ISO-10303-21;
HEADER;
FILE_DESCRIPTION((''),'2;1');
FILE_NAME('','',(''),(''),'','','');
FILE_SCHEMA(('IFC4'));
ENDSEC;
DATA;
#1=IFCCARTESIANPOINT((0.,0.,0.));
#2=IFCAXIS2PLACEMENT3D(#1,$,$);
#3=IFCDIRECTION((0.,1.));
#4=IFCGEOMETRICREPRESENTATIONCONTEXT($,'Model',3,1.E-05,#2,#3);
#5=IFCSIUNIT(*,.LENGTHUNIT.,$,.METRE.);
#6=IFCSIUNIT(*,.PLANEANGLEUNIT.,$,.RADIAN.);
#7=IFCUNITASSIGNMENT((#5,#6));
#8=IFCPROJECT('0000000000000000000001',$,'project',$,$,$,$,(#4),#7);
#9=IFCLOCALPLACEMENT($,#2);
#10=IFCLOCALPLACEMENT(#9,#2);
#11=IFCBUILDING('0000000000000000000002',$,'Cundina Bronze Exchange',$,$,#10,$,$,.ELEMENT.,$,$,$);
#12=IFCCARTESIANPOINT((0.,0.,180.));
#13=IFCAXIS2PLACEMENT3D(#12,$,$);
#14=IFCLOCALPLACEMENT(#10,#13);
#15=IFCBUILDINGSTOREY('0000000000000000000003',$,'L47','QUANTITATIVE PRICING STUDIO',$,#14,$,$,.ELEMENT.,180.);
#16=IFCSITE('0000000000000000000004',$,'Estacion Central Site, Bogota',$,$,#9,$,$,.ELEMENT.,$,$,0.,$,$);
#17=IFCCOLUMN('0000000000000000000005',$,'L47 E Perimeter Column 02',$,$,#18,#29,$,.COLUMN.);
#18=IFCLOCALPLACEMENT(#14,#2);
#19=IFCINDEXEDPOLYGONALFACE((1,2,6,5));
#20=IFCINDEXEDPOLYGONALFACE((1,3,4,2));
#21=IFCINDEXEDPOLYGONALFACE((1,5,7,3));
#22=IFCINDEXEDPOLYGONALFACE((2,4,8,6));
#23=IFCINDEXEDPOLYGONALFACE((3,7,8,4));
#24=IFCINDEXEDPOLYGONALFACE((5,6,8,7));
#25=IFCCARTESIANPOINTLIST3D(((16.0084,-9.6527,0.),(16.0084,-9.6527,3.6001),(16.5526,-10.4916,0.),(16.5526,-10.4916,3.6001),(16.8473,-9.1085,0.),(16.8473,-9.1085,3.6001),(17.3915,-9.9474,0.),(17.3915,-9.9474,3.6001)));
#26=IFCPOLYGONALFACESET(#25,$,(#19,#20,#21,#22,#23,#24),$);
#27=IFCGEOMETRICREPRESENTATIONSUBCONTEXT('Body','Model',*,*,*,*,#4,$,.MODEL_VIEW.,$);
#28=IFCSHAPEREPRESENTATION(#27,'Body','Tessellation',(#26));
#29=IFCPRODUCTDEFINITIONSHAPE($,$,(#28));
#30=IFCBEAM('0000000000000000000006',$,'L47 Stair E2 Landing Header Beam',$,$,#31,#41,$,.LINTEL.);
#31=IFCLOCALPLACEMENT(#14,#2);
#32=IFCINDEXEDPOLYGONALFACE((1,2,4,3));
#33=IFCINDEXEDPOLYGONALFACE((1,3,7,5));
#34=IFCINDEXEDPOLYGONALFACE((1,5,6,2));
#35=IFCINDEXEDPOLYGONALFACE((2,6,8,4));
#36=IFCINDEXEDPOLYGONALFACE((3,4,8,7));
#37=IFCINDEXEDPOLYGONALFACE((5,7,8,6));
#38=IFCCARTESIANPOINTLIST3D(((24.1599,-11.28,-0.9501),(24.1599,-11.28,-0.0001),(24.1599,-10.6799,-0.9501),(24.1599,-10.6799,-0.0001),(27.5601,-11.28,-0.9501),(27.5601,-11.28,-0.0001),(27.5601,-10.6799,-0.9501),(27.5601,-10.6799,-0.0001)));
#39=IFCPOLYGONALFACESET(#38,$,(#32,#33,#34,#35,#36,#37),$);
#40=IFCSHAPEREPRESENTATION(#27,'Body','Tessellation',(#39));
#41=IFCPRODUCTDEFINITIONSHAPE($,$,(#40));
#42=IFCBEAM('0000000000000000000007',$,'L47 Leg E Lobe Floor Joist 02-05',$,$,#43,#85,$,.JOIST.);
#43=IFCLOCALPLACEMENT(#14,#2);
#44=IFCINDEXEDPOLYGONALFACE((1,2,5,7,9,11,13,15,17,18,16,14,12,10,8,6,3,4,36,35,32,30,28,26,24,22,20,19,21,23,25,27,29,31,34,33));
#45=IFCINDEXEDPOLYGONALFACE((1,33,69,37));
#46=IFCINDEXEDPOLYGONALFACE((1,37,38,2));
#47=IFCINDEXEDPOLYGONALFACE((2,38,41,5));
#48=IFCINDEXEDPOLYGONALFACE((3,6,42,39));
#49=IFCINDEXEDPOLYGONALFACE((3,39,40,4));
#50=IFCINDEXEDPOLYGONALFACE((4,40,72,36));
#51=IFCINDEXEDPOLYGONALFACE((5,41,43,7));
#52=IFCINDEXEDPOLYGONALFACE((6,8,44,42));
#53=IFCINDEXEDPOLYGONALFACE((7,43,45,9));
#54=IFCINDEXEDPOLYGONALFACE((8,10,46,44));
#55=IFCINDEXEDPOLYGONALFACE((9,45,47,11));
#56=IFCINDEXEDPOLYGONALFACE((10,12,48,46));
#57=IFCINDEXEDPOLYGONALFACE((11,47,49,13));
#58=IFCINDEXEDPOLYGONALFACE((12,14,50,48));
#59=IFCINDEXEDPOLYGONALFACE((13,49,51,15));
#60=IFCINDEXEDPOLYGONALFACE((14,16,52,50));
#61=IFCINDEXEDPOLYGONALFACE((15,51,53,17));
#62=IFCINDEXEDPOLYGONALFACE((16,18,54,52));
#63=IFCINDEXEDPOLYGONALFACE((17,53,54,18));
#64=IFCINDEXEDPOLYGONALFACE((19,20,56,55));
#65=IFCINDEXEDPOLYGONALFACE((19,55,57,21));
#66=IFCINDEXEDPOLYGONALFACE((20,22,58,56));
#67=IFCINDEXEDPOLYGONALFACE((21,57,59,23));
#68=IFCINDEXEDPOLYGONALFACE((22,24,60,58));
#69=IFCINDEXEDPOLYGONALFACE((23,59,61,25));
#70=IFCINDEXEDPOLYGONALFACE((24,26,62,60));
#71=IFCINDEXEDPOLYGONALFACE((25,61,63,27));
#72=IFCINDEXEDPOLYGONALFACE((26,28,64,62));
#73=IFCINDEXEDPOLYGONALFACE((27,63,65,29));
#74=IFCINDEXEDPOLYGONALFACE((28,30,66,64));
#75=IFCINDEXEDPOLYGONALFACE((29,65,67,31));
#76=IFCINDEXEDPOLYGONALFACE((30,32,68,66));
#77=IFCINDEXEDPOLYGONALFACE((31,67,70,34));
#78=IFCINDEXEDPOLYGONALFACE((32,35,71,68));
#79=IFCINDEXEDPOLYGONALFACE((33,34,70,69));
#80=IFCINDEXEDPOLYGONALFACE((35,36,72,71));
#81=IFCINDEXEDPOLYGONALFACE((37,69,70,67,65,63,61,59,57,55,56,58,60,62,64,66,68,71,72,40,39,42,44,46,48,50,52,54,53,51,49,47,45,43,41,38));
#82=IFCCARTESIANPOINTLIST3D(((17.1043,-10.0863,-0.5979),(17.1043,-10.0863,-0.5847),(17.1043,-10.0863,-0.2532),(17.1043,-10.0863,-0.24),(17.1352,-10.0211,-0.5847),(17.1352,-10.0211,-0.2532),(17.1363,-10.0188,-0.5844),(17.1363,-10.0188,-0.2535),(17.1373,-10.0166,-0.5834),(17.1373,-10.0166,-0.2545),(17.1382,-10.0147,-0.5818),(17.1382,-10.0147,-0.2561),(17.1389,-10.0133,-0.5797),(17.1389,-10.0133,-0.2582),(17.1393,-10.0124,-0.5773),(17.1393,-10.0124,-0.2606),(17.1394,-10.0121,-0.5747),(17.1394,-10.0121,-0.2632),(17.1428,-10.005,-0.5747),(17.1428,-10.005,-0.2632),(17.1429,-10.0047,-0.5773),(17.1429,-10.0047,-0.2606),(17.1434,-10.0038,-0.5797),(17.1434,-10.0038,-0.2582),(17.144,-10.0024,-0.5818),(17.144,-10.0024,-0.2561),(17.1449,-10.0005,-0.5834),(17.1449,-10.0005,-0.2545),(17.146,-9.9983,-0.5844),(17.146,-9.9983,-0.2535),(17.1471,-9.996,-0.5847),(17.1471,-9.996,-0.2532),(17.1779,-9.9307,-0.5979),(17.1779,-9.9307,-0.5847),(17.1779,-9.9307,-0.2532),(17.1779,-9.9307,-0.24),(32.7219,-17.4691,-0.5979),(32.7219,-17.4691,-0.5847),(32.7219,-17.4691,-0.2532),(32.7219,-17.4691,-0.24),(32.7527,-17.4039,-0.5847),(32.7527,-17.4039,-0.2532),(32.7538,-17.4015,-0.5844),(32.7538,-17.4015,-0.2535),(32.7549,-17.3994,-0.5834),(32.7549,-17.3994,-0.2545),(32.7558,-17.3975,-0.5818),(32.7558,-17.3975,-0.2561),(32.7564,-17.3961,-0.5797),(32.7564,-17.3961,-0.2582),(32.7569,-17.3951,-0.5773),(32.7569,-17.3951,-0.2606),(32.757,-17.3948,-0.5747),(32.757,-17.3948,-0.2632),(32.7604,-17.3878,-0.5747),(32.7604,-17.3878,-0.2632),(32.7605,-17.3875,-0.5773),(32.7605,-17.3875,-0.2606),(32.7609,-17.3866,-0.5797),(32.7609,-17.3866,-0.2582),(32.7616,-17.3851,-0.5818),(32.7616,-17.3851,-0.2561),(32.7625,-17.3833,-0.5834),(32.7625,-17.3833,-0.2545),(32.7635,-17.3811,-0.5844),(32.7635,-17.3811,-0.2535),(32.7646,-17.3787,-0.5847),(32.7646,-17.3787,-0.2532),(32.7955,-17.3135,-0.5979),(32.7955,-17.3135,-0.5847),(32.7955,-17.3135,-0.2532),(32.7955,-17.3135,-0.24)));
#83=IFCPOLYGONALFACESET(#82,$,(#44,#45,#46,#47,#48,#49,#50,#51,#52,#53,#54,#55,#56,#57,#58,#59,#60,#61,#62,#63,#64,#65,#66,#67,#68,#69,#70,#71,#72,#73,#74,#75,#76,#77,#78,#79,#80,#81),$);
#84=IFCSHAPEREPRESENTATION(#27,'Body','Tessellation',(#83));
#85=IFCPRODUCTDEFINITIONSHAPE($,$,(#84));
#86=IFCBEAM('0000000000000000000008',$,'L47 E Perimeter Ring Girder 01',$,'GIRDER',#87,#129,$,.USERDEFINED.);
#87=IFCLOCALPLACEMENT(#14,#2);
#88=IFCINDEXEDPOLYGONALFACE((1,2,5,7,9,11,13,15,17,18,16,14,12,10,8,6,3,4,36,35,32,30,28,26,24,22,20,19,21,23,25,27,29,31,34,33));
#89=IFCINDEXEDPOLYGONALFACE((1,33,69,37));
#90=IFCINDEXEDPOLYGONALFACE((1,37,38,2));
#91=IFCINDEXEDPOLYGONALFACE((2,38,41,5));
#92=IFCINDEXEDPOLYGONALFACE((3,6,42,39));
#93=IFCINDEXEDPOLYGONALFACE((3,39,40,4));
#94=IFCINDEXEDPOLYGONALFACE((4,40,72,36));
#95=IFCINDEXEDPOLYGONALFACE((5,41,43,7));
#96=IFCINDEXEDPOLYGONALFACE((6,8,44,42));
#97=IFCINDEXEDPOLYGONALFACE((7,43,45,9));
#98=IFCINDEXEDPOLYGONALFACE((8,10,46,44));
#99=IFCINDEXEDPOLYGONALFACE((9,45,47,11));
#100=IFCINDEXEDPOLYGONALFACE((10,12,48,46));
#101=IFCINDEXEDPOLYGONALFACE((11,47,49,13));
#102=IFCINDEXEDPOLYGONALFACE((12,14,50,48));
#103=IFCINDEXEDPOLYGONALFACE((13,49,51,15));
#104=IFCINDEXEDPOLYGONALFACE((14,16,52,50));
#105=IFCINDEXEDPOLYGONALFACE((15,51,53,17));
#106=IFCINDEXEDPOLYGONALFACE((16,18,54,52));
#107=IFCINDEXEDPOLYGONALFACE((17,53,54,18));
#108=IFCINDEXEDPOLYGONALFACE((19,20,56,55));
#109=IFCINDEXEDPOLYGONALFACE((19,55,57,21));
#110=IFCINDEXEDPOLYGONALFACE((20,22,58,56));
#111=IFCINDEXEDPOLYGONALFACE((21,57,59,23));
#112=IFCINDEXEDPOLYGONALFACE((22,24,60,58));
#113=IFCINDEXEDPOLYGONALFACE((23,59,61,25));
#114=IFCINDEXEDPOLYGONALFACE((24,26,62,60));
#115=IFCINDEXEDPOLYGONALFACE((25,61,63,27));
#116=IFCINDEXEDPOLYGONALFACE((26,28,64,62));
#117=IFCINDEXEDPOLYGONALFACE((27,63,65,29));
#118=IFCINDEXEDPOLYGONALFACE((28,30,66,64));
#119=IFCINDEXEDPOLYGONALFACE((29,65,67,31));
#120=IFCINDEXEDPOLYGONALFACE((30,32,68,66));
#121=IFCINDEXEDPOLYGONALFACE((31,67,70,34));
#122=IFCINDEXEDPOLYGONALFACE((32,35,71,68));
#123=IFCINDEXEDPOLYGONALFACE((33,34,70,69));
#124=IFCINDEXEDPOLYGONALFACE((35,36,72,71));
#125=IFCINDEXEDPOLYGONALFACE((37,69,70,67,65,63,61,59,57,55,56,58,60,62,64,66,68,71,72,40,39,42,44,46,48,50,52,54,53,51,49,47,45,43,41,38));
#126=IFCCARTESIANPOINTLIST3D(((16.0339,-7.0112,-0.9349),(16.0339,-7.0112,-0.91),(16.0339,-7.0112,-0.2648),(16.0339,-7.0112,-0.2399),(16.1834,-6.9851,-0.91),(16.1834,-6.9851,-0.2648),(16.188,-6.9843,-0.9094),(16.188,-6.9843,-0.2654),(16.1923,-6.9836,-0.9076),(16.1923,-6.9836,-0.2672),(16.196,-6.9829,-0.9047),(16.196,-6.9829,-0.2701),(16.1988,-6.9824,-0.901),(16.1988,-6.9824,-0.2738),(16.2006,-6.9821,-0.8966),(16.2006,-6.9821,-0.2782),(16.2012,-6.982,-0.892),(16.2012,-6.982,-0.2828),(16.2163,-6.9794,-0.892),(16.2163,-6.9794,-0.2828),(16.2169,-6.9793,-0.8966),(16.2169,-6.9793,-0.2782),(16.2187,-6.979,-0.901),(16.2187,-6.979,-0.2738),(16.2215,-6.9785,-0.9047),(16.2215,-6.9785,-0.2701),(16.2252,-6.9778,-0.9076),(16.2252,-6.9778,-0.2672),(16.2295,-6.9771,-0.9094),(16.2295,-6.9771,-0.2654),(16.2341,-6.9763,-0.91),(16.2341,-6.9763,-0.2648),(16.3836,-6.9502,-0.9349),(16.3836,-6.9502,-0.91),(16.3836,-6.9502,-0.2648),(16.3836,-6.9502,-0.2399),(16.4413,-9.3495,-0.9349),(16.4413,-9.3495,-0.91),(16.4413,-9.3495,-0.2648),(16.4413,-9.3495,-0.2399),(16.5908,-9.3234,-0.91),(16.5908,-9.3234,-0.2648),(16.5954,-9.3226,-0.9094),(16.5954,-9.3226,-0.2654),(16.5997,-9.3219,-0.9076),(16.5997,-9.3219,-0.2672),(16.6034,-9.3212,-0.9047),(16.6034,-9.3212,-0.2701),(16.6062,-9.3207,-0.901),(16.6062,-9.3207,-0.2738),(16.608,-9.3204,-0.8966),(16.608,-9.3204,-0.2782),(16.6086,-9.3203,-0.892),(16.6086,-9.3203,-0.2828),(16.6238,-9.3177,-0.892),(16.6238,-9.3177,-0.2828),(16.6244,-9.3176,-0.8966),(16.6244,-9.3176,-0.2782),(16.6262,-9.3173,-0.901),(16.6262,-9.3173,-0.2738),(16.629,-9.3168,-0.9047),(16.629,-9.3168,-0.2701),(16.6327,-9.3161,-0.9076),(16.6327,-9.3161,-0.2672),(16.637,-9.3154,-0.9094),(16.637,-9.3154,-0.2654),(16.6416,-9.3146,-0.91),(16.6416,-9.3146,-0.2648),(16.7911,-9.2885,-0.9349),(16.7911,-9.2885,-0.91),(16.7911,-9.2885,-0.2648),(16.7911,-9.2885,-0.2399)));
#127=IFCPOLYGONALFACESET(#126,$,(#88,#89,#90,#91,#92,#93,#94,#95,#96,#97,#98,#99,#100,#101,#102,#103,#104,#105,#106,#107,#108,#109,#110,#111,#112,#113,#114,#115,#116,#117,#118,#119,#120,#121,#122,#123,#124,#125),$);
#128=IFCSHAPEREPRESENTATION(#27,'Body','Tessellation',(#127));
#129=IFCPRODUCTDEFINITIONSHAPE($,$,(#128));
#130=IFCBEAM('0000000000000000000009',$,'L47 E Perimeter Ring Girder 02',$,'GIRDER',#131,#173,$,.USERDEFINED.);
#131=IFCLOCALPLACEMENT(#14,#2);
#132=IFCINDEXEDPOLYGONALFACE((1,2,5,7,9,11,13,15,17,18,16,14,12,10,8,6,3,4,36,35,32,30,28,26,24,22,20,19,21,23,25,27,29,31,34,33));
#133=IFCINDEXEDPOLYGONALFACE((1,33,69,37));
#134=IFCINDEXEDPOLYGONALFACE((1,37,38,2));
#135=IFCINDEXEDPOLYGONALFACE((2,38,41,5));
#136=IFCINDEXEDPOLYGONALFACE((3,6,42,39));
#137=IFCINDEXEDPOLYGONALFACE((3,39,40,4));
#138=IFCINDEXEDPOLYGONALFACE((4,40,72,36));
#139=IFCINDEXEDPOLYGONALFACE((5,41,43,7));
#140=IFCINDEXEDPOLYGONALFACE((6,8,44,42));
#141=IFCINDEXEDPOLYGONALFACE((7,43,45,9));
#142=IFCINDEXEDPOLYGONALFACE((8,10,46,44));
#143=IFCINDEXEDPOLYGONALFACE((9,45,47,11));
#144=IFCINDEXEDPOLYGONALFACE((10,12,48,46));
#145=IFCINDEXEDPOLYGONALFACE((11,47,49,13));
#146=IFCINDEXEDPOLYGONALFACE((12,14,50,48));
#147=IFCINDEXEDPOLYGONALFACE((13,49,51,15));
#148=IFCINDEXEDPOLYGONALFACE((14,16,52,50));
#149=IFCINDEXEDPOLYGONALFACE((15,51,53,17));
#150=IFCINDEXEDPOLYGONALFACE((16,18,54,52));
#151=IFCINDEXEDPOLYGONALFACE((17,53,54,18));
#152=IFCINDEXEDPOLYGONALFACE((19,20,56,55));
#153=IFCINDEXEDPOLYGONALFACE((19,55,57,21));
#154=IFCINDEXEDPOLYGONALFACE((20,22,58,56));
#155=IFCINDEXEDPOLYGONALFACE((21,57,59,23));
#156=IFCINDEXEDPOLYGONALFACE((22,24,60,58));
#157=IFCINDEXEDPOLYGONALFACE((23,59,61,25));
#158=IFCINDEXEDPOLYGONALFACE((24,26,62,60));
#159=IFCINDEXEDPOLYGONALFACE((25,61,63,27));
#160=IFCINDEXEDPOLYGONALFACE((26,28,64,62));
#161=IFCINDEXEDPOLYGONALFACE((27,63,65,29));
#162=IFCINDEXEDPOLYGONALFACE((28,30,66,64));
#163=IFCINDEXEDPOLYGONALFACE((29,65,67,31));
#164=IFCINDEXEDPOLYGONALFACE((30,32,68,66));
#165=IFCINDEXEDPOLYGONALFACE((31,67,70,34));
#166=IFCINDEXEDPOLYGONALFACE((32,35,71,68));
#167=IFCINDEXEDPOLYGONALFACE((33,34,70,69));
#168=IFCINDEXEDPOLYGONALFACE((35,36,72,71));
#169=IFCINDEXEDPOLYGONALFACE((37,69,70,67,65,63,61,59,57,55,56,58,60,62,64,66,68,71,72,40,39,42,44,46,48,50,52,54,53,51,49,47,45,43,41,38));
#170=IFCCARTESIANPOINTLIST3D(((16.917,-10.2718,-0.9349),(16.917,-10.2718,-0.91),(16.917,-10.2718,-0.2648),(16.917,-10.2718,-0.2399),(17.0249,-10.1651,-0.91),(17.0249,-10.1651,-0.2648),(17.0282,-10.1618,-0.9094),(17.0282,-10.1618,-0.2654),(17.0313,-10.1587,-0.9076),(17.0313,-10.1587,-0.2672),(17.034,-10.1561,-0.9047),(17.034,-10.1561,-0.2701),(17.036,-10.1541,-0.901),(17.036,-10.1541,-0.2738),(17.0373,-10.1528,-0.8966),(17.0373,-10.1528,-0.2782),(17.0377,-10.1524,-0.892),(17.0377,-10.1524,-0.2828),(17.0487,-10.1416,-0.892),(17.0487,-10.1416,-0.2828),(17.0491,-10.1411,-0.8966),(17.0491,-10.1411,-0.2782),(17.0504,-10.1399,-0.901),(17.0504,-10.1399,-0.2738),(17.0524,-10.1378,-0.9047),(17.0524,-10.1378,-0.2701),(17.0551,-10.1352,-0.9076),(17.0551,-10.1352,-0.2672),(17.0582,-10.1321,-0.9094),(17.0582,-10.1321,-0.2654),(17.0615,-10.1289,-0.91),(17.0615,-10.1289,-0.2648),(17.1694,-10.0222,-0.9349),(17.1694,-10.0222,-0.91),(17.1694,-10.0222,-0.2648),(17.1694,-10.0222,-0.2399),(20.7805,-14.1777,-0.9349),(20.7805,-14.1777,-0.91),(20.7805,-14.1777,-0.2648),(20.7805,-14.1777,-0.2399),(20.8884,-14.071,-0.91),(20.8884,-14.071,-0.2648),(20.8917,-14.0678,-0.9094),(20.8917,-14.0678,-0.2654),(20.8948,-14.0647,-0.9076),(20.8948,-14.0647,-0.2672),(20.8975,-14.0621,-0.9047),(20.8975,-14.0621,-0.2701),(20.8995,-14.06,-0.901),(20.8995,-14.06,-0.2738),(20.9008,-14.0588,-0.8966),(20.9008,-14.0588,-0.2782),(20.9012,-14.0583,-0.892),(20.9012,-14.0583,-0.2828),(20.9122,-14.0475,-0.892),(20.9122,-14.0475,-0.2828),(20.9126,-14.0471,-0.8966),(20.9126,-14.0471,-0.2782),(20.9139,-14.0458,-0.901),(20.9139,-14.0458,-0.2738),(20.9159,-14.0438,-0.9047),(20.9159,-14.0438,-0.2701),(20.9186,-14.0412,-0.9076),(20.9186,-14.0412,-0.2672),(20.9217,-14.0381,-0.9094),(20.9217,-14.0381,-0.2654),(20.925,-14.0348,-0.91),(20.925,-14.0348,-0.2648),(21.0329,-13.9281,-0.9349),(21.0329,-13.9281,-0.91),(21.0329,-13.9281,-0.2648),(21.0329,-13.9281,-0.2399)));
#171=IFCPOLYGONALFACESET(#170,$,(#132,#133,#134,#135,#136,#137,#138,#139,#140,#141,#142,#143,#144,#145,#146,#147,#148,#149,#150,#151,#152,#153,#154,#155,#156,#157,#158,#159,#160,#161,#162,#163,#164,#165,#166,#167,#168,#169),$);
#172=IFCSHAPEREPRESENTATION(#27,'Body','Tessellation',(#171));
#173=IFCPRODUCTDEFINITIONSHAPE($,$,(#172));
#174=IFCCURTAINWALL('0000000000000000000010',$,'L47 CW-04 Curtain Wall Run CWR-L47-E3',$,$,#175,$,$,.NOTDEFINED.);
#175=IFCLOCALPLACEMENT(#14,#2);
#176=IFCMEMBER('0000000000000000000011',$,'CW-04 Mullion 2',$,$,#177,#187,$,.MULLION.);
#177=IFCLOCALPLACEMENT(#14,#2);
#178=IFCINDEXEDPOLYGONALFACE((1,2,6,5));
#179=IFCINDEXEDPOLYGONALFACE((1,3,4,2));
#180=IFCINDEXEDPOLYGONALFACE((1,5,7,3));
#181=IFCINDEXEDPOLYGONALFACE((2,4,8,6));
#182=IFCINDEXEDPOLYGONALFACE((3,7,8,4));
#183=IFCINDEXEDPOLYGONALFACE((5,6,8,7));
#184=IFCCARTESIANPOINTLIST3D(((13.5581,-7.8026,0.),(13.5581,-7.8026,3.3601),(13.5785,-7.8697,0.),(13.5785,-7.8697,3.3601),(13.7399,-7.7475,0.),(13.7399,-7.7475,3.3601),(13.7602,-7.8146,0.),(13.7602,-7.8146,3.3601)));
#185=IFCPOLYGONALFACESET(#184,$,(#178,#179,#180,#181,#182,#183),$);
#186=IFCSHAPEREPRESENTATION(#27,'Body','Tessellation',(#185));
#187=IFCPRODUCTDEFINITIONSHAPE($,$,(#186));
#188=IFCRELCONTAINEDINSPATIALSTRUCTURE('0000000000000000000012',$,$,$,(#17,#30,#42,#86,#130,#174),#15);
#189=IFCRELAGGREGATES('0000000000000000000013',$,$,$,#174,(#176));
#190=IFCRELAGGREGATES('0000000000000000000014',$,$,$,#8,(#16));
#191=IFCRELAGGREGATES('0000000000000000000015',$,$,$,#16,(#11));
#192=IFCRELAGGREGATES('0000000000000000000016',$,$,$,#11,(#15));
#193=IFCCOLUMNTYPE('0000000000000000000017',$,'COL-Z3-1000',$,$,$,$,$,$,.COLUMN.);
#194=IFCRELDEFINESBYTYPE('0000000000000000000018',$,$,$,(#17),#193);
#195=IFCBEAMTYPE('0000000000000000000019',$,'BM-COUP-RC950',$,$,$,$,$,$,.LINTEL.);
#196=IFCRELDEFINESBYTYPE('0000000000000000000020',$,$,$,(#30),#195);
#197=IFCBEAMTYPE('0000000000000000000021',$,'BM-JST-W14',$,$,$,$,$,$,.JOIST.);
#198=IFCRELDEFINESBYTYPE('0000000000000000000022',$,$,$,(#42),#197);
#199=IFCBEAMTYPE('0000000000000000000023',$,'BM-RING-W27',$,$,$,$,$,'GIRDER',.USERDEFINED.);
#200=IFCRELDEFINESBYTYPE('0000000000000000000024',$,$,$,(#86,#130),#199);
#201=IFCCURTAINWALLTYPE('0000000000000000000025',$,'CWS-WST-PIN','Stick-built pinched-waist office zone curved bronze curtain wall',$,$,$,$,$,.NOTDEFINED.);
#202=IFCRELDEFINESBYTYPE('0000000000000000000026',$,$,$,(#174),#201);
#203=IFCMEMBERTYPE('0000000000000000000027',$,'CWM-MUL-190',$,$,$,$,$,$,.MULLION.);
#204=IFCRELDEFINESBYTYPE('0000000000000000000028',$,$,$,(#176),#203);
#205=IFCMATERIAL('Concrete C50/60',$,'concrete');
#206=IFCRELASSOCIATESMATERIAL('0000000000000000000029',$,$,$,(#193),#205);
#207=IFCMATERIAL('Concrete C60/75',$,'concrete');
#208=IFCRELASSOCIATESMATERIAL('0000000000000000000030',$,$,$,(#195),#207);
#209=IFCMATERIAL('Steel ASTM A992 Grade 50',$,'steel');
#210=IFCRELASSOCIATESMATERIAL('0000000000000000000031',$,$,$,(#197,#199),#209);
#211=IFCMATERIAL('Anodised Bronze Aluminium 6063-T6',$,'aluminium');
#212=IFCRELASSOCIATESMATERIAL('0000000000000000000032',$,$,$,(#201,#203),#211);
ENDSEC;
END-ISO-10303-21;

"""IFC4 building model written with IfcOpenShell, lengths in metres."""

from ifc_helpers import new_model, si_unit, direction, frame, origin, origin_2d, place, context, subcontext, project, spatial, rectangle, i_section, extrude, material, material_profile, profile_set, type_object, element, aggregate, save


model = new_model("IFC4")

# Units and contexts
model_context = context("Model", 3, precision=1e-05, world=origin(), true_north=direction((0.0, 1.0)))
body_context = subcontext(model_context, "Body", "Model", "MODEL_VIEW")
ifc_project = project(units=[si_unit("LENGTHUNIT", "METRE"), si_unit("PLANEANGLEUNIT", "RADIAN")], contexts=[model_context])

# Site, building, storey
site_placement = place(None, origin())
site = spatial("IfcSite", under=ifc_project, at=site_placement, Name="Estacion Central Site, Bogota", CompositionType="ELEMENT", RefElevation=0.0)
building_placement = place(site_placement, origin())
building = spatial("IfcBuilding", under=site, at=building_placement, Name="Cundina Bronze Exchange", CompositionType="ELEMENT")
storey_placement = place(building_placement, frame((0.0, 0.0, 180.0)))
storey = spatial("IfcBuildingStorey", under=building, at=storey_placement, Name="L47", Description="QUANTITATIVE PRICING STUDIO", CompositionType="ELEMENT", Elevation=180.0)

# Column
ifc_material_1 = material(Name="Concrete C50/60", Category="concrete")
ifc_material_profile_1 = material_profile(ifc_material_1, rectangle(XDim=1.0, YDim=1.0, at=origin_2d()), Name="RC1000X1000", Category="concrete")
ifc_profile_set_1 = profile_set([ifc_material_profile_1], Name="Concrete C50/60")
column_type = type_object("IfcColumnType", Name="COL-Z3-1000", PredefinedType="COLUMN", material=ifc_profile_set_1)
column_placement = place(storey_placement, frame((16.7, -9.8, 0.0), z_axis=(0.0, 0.0, 1.0), x_axis=(0.5442, -0.838956, 0.0)))
element("IfcColumn", 1, at=column_placement, inside=storey, type_object=column_type, Name="L47 E Perimeter Column 02", PredefinedType="COLUMN", context=body_context, shape_type="SweptSolid", body=[
    extrude(rectangle(XDim=1.0, YDim=1.0, at=origin_2d()), origin(), (0.0, 0.0, 1.0), 3.6001),
])

# Beams
ifc_material_2 = material(Name="Concrete C60/75", Category="concrete")
ifc_material_profile_2 = material_profile(ifc_material_2, rectangle(XDim=0.6001, YDim=0.95, at=origin_2d()), Name="RC600X950", Category="concrete")
ifc_profile_set_2 = profile_set([ifc_material_profile_2], Name="Concrete C60/75")
beam_type_1 = type_object("IfcBeamType", Name="BM-COUP-RC950", PredefinedType="LINTEL", material=ifc_profile_set_2)
beam_1_placement = place(storey_placement, frame((24.1599, -10.98, -0.4751), z_axis=(1.0, 0.0, 0.0), x_axis=(0.0, 1.0, 0.0)))
element("IfcBeam", 2, at=beam_1_placement, inside=storey, type_object=beam_type_1, Name="L47 Stair E2 Landing Header Beam", PredefinedType="LINTEL", context=body_context, shape_type="SweptSolid", body=[
    extrude(rectangle(XDim=0.6001, YDim=0.95, at=origin_2d()), origin(), (0.0, 0.0, 1.0), 3.4001),
])
ifc_material_3 = material(Name="Steel ASTM A992 Grade 50", Category="steel")
ifc_material_profile_3 = material_profile(ifc_material_3, i_section(OverallWidth=0.1721, OverallDepth=0.3579, WebThickness=0.0078, FlangeThickness=0.0132, FilletRadius=0.01, at=origin_2d()), Name="W14X38", Category="steel")
ifc_profile_set_3 = profile_set([ifc_material_profile_3], Name="Steel ASTM A992 Grade 50")
beam_type_2 = type_object("IfcBeamType", Name="BM-JST-W14", PredefinedType="JOIST", material=ifc_profile_set_3)
beam_2_placement = place(storey_placement, frame((17.1411, -10.0085, -0.4189), z_axis=(0.904074, -0.427375, 0.0), x_axis=(0.427375, 0.904074, 0.0)))
element("IfcBeam", 3, at=beam_2_placement, inside=storey, type_object=beam_type_2, Name="L47 Leg E Lobe Floor Joist 02-05", PredefinedType="JOIST", context=body_context, shape_type="SweptSolid", body=[
    extrude(i_section(OverallWidth=0.1721, OverallDepth=0.3579, WebThickness=0.0078, FlangeThickness=0.0132, FilletRadius=0.01, at=origin_2d()), origin(), (0.0, 0.0, 1.0), 17.2747),
])
ifc_material_profile_4 = material_profile(ifc_material_3, i_section(OverallWidth=0.355, OverallDepth=0.6951, WebThickness=0.0154, FlangeThickness=0.0249, FilletRadius=0.0181, at=origin_2d()), Name="W27X146", Category="steel")
ifc_profile_set_4 = profile_set([ifc_material_profile_4], Name="Steel ASTM A992 Grade 50")
beam_type_3 = type_object("IfcBeamType", Name="BM-RING-W27", ElementType="GIRDER", PredefinedType="USERDEFINED", material=ifc_profile_set_4)
beam_3_placement = place(storey_placement, frame((16.2087, -6.9807, -0.5874), z_axis=(0.171667, -0.985155, 0.0), x_axis=(0.985155, 0.171667, 0.0)))
element("IfcBeam", 4, at=beam_3_placement, inside=storey, type_object=beam_type_3, Name="L47 E Perimeter Ring Girder 01", ObjectType="GIRDER", PredefinedType="USERDEFINED", context=body_context, shape_type="SweptSolid", body=[
    extrude(i_section(OverallWidth=0.355, OverallDepth=0.6951, WebThickness=0.0154, FlangeThickness=0.0249, FilletRadius=0.0181, at=origin_2d()), origin(), (0.0, 0.0, 1.0), 2.3735),
])
beam_4_placement = place(storey_placement, frame((17.0432, -10.147, -0.5874), z_axis=(0.70323, -0.710962, 0.0), x_axis=(0.710962, 0.70323, 0.0)))
element("IfcBeam", 5, at=beam_4_placement, inside=storey, type_object=beam_type_3, Name="L47 E Perimeter Ring Girder 02", ObjectType="GIRDER", PredefinedType="USERDEFINED", context=body_context, shape_type="SweptSolid", body=[
    extrude(i_section(OverallWidth=0.355, OverallDepth=0.6951, WebThickness=0.0154, FlangeThickness=0.0249, FilletRadius=0.0181, at=origin_2d()), origin(), (0.0, 0.0, 1.0), 5.4939),
])

# Curtain wall, member
ifc_material_4 = material(Name="Anodised Bronze Aluminium 6063-T6", Category="aluminium")
curtain_wall_type = type_object("IfcCurtainWallType", Name="CWS-WST-PIN", Description="Stick-built pinched-waist office zone curved bronze curtain wall", PredefinedType="NOTDEFINED", material=ifc_material_4)
curtain_wall_placement = place(storey_placement, origin())
curtain_wall = element("IfcCurtainWall", 6, at=curtain_wall_placement, inside=storey, type_object=curtain_wall_type, Name="L47 CW-04 Curtain Wall Run CWR-L47-E3", PredefinedType="NOTDEFINED")
ifc_material_profile_5 = material_profile(ifc_material_4, rectangle(XDim=0.0701, YDim=0.1899, at=origin_2d()), Name="AL70X190", Category="aluminium")
ifc_profile_set_5 = profile_set([ifc_material_profile_5], Name="Anodised Bronze Aluminium 6063-T6")
member_type_1 = type_object("IfcMemberType", Name="CWM-MUL-190", PredefinedType="MULLION", material=ifc_profile_set_5)
member_1_placement = place(storey_placement, frame((13.6592, -7.8086, 0.0), z_axis=(0.0, 0.0, 1.0), x_axis=(0.290034, -0.957016, 0.0)))
member_1 = element("IfcMember", 7, at=member_1_placement, type_object=member_type_1, Name="CW-04 Mullion 2", PredefinedType="MULLION", context=body_context, shape_type="SweptSolid", body=[
    extrude(rectangle(XDim=0.0701, YDim=0.1899, at=origin_2d()), origin(), (0.0, 0.0, 1.0), 3.3601),
])
aggregate(curtain_wall, [member_1])

save(model, "model.ifc")
